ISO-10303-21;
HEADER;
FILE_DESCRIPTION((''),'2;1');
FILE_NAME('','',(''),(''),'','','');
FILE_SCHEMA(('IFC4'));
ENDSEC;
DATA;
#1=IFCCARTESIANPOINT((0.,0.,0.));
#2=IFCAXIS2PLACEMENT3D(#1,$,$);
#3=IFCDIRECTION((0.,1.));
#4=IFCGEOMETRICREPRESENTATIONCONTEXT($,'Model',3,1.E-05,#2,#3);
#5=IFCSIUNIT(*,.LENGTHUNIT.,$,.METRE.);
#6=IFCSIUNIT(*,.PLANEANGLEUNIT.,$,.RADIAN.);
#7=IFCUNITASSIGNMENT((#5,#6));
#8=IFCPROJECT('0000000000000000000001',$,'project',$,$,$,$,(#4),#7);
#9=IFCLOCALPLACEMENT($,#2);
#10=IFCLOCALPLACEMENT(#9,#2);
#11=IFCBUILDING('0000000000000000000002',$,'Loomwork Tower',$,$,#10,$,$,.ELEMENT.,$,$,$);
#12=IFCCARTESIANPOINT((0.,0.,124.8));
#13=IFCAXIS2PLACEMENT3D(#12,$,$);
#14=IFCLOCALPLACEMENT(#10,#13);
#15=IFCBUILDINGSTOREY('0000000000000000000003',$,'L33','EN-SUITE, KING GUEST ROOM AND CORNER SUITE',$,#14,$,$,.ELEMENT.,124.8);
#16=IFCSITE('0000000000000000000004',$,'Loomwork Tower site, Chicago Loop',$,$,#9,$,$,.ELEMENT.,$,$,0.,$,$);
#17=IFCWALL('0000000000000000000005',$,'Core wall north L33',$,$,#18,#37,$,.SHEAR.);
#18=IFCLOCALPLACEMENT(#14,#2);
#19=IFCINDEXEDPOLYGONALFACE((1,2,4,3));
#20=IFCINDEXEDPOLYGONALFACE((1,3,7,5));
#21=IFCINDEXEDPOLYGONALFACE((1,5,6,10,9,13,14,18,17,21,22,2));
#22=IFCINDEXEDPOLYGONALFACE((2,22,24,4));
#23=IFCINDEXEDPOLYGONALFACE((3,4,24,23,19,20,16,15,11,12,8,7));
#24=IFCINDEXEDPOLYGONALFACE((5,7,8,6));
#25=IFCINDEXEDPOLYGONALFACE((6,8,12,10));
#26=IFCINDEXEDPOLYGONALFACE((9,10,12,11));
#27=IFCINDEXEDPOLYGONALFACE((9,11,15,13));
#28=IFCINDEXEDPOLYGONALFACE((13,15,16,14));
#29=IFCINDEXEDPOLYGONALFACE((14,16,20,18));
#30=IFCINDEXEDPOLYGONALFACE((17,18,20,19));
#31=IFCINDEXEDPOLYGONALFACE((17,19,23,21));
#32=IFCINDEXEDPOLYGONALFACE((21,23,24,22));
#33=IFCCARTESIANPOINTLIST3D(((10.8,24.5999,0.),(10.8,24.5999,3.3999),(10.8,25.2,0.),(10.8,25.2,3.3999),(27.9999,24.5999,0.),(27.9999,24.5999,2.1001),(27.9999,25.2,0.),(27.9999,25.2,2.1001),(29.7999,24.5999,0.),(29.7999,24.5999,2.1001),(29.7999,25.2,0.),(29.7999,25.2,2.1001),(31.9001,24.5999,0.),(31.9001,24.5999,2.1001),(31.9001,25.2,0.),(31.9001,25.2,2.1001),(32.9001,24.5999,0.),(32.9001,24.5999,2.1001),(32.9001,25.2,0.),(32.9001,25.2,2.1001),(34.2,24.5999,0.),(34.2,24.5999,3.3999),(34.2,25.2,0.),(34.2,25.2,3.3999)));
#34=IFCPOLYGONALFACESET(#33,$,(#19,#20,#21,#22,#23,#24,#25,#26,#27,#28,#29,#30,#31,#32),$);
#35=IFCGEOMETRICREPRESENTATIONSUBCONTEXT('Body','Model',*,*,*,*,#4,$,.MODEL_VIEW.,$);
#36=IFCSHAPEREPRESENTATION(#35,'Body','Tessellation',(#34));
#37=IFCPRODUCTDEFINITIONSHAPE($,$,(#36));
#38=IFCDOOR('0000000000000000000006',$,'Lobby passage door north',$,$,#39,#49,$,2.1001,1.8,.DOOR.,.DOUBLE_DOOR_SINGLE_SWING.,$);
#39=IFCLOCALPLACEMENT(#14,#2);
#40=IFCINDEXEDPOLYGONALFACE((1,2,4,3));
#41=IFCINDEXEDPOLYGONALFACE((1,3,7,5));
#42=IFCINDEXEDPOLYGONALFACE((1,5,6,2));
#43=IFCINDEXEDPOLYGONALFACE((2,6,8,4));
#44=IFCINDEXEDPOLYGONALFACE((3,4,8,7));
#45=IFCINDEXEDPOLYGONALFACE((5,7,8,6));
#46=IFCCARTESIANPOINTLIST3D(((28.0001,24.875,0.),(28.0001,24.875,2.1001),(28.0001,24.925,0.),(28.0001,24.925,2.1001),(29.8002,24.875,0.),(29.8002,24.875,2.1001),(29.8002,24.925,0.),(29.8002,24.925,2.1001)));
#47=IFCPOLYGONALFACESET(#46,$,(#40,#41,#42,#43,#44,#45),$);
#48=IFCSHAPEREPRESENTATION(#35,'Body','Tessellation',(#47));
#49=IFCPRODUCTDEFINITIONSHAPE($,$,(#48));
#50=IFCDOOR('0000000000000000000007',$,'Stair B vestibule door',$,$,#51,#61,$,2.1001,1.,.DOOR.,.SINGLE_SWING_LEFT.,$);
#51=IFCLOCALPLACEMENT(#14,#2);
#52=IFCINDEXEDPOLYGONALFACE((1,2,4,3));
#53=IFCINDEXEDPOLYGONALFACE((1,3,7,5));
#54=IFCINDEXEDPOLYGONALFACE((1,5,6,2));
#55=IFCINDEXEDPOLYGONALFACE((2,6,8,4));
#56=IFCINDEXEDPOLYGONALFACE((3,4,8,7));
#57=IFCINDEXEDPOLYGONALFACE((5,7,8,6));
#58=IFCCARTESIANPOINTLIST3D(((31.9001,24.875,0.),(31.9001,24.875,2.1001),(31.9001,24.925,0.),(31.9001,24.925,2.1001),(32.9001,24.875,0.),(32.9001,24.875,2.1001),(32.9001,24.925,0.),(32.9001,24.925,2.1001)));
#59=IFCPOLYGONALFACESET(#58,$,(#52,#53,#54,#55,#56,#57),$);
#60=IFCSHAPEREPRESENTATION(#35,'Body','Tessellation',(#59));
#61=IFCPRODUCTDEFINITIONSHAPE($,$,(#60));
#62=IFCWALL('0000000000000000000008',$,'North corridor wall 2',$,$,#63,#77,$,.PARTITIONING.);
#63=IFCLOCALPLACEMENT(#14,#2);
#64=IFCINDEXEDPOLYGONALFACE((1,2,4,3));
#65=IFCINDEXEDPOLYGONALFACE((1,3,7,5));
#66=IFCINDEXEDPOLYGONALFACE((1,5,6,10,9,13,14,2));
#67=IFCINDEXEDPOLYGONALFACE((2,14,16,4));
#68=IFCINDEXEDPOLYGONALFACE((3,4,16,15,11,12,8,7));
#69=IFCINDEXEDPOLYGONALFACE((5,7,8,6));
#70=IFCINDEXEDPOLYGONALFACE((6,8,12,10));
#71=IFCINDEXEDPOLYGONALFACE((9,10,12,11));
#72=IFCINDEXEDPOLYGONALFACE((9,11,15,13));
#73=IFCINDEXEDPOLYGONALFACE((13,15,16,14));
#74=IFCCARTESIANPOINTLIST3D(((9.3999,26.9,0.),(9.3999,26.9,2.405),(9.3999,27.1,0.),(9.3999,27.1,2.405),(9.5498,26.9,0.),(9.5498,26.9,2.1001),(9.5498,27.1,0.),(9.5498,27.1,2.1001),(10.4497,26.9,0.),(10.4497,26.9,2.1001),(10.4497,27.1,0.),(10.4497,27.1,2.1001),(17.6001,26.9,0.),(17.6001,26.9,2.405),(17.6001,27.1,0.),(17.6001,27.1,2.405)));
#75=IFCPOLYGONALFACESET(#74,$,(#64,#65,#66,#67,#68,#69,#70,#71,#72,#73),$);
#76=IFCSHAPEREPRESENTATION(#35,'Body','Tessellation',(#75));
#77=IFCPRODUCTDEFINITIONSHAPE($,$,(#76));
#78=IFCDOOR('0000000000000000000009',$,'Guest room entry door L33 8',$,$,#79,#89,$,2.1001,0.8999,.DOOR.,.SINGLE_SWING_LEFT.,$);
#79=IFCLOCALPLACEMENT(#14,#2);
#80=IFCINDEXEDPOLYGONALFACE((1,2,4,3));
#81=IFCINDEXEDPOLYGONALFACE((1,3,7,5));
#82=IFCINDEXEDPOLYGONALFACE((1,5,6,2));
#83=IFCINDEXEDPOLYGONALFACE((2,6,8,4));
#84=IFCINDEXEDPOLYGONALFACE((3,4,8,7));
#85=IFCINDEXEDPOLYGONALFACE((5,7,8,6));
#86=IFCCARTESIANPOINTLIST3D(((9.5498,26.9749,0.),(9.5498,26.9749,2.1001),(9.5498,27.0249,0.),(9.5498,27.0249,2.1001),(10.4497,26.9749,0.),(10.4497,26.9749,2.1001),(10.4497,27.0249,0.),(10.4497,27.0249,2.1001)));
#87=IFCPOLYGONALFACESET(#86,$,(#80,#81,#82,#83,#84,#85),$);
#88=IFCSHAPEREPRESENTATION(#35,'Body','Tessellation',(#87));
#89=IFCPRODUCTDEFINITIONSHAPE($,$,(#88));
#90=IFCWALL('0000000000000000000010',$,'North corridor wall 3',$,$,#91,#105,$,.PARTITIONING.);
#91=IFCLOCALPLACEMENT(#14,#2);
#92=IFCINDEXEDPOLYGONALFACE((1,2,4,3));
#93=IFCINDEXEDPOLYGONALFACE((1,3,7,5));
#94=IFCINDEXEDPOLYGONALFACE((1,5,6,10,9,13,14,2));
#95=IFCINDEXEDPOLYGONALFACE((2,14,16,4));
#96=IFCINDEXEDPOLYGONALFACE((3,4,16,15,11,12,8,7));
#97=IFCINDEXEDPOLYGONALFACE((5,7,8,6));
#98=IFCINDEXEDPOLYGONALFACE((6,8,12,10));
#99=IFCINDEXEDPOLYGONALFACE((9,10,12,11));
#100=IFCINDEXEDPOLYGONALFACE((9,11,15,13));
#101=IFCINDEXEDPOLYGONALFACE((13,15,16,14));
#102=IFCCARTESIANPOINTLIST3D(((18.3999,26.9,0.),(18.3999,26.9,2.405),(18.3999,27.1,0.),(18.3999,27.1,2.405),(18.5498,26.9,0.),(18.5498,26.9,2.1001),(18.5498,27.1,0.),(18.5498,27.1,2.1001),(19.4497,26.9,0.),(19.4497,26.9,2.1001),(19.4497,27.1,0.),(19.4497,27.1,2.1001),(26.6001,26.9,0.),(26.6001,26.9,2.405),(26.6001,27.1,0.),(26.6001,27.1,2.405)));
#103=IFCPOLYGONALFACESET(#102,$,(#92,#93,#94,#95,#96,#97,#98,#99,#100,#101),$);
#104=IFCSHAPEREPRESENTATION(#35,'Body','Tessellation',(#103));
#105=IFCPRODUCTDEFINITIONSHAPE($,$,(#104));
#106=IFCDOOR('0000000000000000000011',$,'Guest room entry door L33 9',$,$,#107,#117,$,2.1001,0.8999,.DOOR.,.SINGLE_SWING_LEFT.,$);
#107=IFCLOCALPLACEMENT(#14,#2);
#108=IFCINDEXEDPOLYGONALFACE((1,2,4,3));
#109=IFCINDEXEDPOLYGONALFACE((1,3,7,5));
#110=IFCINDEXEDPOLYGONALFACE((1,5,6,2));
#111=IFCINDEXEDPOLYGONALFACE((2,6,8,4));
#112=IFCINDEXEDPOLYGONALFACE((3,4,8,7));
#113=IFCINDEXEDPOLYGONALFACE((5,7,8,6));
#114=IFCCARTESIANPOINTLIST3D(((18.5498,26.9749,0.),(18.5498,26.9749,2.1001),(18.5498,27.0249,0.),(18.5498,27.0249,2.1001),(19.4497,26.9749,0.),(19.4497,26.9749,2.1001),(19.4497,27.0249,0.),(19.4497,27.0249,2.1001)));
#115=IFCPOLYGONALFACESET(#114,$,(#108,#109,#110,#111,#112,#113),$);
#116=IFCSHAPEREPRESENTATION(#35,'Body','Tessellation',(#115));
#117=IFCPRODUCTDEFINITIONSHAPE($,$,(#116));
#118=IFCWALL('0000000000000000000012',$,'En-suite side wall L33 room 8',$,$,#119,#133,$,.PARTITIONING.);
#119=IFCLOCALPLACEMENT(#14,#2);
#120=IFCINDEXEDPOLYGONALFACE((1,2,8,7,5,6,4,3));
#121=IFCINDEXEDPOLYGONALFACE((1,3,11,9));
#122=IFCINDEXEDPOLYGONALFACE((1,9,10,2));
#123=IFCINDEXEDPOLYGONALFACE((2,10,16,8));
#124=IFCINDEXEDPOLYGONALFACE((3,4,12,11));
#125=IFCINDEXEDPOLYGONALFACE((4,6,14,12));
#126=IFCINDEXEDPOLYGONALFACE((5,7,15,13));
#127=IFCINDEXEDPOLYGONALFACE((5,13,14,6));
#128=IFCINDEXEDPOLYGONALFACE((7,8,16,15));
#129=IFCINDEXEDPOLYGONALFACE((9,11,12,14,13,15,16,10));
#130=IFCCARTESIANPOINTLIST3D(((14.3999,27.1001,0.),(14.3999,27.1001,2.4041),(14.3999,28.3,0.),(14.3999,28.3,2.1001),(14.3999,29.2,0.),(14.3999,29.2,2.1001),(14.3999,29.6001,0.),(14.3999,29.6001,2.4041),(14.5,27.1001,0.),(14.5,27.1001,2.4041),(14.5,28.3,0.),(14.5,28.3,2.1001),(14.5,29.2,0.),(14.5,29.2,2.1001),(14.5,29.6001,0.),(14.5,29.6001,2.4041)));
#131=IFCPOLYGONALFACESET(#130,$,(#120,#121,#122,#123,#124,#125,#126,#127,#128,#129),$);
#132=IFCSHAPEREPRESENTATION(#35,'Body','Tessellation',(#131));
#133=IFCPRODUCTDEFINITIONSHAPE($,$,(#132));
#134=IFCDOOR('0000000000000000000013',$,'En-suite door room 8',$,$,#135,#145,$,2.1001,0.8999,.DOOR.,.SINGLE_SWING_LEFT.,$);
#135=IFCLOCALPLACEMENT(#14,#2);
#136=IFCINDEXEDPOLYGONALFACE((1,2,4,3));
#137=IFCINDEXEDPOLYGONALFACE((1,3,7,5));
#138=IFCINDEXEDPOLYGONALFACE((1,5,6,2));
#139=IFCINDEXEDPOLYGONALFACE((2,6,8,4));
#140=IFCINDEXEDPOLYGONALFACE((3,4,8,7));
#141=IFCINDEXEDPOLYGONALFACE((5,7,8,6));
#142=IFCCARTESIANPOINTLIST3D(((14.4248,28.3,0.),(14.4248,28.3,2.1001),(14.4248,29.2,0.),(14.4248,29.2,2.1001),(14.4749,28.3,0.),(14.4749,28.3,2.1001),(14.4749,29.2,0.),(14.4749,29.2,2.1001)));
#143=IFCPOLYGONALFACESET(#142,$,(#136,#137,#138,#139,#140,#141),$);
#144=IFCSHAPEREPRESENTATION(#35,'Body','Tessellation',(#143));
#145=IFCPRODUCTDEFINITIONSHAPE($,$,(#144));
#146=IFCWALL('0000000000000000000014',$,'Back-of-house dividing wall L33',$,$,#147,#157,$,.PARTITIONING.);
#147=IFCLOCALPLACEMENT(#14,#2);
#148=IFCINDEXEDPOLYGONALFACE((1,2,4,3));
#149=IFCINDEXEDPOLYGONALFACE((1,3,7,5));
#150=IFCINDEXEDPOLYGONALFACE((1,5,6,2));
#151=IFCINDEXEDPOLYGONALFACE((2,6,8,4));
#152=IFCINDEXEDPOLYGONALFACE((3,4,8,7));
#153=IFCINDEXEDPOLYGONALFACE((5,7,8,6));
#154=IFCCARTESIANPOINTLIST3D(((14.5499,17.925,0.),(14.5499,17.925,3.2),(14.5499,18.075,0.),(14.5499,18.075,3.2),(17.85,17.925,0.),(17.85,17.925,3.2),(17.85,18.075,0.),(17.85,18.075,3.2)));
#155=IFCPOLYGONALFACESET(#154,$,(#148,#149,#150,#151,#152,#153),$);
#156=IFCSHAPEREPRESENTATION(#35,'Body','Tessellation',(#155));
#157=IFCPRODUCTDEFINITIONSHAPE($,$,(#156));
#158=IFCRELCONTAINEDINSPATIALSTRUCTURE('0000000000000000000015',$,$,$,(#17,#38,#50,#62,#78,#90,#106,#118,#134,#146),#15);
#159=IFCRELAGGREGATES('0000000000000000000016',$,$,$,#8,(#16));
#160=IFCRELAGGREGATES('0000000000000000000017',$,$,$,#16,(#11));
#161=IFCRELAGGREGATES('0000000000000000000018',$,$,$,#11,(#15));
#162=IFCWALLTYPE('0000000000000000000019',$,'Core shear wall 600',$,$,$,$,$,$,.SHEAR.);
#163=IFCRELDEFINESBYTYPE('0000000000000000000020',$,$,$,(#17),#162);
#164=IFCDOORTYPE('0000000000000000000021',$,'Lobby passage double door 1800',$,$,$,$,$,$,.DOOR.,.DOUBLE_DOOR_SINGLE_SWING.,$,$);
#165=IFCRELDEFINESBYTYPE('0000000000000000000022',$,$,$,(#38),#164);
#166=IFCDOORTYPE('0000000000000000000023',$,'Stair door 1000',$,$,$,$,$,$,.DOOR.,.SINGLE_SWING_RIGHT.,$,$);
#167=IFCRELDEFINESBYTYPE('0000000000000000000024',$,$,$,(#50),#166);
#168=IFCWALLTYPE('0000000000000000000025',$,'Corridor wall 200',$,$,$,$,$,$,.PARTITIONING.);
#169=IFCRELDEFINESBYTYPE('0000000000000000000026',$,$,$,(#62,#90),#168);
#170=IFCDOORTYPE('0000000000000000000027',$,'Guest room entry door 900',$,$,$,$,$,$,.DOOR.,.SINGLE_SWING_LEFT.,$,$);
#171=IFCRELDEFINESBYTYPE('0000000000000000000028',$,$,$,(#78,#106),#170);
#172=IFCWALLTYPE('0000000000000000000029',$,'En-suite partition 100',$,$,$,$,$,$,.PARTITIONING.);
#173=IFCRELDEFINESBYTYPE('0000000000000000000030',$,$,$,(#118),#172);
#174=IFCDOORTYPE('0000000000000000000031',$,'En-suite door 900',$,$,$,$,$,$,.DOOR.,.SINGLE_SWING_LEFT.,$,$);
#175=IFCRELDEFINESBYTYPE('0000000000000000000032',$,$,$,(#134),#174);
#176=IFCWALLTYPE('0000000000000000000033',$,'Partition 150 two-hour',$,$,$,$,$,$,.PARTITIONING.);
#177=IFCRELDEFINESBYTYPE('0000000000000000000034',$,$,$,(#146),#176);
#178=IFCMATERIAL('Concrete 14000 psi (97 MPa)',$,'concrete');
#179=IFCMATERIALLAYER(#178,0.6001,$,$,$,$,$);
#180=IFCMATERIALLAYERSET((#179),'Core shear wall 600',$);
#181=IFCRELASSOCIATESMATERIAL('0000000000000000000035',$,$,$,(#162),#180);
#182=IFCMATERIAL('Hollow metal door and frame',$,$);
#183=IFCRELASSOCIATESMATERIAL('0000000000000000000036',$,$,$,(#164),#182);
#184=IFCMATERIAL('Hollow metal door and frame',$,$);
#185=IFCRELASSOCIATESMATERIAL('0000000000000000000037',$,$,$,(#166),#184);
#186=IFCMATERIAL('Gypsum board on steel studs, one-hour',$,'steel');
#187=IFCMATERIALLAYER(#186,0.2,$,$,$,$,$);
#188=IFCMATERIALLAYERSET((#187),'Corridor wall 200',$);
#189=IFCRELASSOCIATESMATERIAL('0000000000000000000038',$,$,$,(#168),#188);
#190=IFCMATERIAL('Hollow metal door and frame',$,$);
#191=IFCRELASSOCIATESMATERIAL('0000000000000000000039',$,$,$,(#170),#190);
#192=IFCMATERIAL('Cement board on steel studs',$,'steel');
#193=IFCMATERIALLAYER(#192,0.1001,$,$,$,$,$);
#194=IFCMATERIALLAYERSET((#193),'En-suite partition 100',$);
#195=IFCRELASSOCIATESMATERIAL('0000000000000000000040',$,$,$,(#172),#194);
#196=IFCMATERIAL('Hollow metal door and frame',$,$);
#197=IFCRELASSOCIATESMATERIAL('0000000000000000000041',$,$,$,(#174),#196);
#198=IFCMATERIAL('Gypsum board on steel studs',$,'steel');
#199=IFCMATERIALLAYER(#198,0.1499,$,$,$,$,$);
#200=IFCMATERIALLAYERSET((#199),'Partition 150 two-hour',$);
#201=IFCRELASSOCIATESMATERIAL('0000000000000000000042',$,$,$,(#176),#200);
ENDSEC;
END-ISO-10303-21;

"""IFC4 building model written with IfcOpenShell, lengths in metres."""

from ifc_helpers import new_model, si_unit, direction, frame, frame_2d, origin, place, context, subcontext, project, spatial, rectangle, extrude, material, layer, layer_set, type_object, element, fill, save


model = new_model("IFC4")

# Units and contexts
model_context = context("Model", 3, precision=1e-05, world=origin(), true_north=direction((0.0, 1.0)))
body_context = subcontext(model_context, "Body", "Model", "MODEL_VIEW")
ifc_project = project(units=[si_unit("LENGTHUNIT", "METRE"), si_unit("PLANEANGLEUNIT", "RADIAN")], contexts=[model_context])

# Site, building, storey
site_placement = place(None, origin())
site = spatial("IfcSite", under=ifc_project, at=site_placement, Name="Loomwork Tower site, Chicago Loop", CompositionType="ELEMENT", RefElevation=0.0)
building_placement = place(site_placement, origin())
building = spatial("IfcBuilding", under=site, at=building_placement, Name="Loomwork Tower", CompositionType="ELEMENT")
storey_placement = place(building_placement, frame((0.0, 0.0, 124.8)))
storey = spatial("IfcBuildingStorey", under=building, at=storey_placement, Name="L33", Description="EN-SUITE, KING GUEST ROOM AND CORNER SUITE", CompositionType="ELEMENT", Elevation=124.8)

# Wall, openings, doors
ifc_material_1 = material(Name="Concrete 14000 psi (97 MPa)", Category="concrete")
ifc_layer_1 = layer(ifc_material_1, 0.6001)
ifc_layer_set_1 = layer_set([ifc_layer_1], Name="Core shear wall 600")
wall_type_1 = type_object("IfcWallType", Name="Core shear wall 600", PredefinedType="SHEAR", material=ifc_layer_set_1)
wall_1_placement = place(storey_placement, frame((10.8, 24.8999, 0.0), z_axis=(0.0, 0.0, 1.0), x_axis=(1.0, 0.0, 0.0)))
wall_1 = element("IfcWall", 1, at=wall_1_placement, inside=storey, type_object=wall_type_1, Name="Core wall north L33", PredefinedType="SHEAR", context=body_context, shape_type="SweptSolid", body=[
    extrude(rectangle(XDim=23.3999, YDim=0.6001, at=frame_2d((11.7, 0.0))), origin(), (0.0, 0.0, 1.0), 3.3999),
])
opening_1_placement = place(wall_1_placement, frame((17.2, 0.0, 0.0)))
opening_1 = element("IfcOpeningElement", 2, at=opening_1_placement, cuts=wall_1, PredefinedType="OPENING", context=body_context, shape_type="SweptSolid", body=[
    extrude(rectangle(XDim=1.8, YDim=2.1001, at=frame_2d((0.8999, 1.05))), frame((0.0, 0.3101, 0.0), z_axis=(0.0, -1.0, 0.0), x_axis=(1.0, 0.0, 0.0)), (0.0, 0.0, 1.0), 0.6201),
])
opening_2_placement = place(wall_1_placement, frame((21.1001, 0.0, 0.0)))
opening_2 = element("IfcOpeningElement", 3, at=opening_2_placement, cuts=wall_1, PredefinedType="OPENING", context=body_context, shape_type="SweptSolid", body=[
    extrude(rectangle(XDim=1.0, YDim=2.1001, at=frame_2d((0.5, 1.05))), frame((0.0, 0.3101, 0.0), z_axis=(0.0, -1.0, 0.0), x_axis=(1.0, 0.0, 0.0)), (0.0, 0.0, 1.0), 0.6201),
])
ifc_material_2 = material(Name="Hollow metal door and frame")
door_type_1 = type_object("IfcDoorType", Name="Lobby passage double door 1800", OperationType="DOUBLE_DOOR_SINGLE_SWING", PredefinedType="DOOR", material=ifc_material_2)
door_1_placement = place(opening_1_placement, frame((1.8, 0.0, 0.0), z_axis=(0.0, 0.0, 1.0), x_axis=(-1.0, 0.0, 0.0)))
door_1 = element("IfcDoor", 4, at=door_1_placement, inside=storey, type_object=door_type_1, Name="Lobby passage door north", OperationType="DOUBLE_DOOR_SINGLE_SWING", OverallHeight=2.1001, OverallWidth=1.8, PredefinedType="DOOR", context=body_context, shape_type="SweptSolid", body=[
    extrude(rectangle(XDim=1.8, YDim=2.1001, at=frame_2d((0.8999, 1.05))), frame((0.0, 0.0249, 0.0), z_axis=(0.0, -1.0, 0.0), x_axis=(1.0, 0.0, 0.0)), (0.0, 0.0, 1.0), 0.05),
])
fill(opening_1, door_1)
ifc_material_3 = material(Name="Hollow metal door and frame")
door_type_2 = type_object("IfcDoorType", Name="Stair door 1000", OperationType="SINGLE_SWING_RIGHT", PredefinedType="DOOR", material=ifc_material_3)
door_2_placement = place(opening_2_placement, frame((1.0, 0.0, 0.0), z_axis=(0.0, 0.0, 1.0), x_axis=(-1.0, 0.0, 0.0)))
door_2 = element("IfcDoor", 5, at=door_2_placement, inside=storey, type_object=door_type_2, Name="Stair B vestibule door", OperationType="SINGLE_SWING_LEFT", OverallHeight=2.1001, OverallWidth=1.0, PredefinedType="DOOR", context=body_context, shape_type="SweptSolid", body=[
    extrude(rectangle(XDim=1.0, YDim=2.1001, at=frame_2d((0.5, 1.05))), frame((0.0, 0.0249, 0.0), z_axis=(0.0, -1.0, 0.0), x_axis=(1.0, 0.0, 0.0)), (0.0, 0.0, 1.0), 0.05),
])
fill(opening_2, door_2)

# Walls, openings, doors
ifc_material_4 = material(Name="Gypsum board on steel studs, one-hour", Category="steel")
ifc_layer_2 = layer(ifc_material_4, 0.2)
ifc_layer_set_2 = layer_set([ifc_layer_2], Name="Corridor wall 200")
wall_type_2 = type_object("IfcWallType", Name="Corridor wall 200", PredefinedType="PARTITIONING", material=ifc_layer_set_2)
wall_2_placement = place(storey_placement, frame((9.3999, 27.0, 0.0), z_axis=(0.0, 0.0, 1.0), x_axis=(1.0, 0.0, 0.0)))
wall_2 = element("IfcWall", 6, at=wall_2_placement, inside=storey, type_object=wall_type_2, Name="North corridor wall 2", PredefinedType="PARTITIONING", context=body_context, shape_type="SweptSolid", body=[
    extrude(rectangle(XDim=8.2002, YDim=0.2, at=frame_2d((4.1001, 0.0))), origin(), (0.0, 0.0, 1.0), 2.405),
])
opening_3_placement = place(wall_2_placement, frame((0.1499, 0.0, 0.0)))
opening_3 = element("IfcOpeningElement", 7, at=opening_3_placement, cuts=wall_2, PredefinedType="OPENING", context=body_context, shape_type="SweptSolid", body=[
    extrude(rectangle(XDim=0.8999, YDim=2.1001, at=frame_2d((0.45, 1.05))), frame((0.0, 0.1099, 0.0), z_axis=(0.0, -1.0, 0.0), x_axis=(1.0, 0.0, 0.0)), (0.0, 0.0, 1.0), 0.22),
])
ifc_material_5 = material(Name="Hollow metal door and frame")
door_type_3 = type_object("IfcDoorType", Name="Guest room entry door 900", OperationType="SINGLE_SWING_LEFT", PredefinedType="DOOR", material=ifc_material_5)
door_3_placement = place(opening_3_placement, origin())
door_3 = element("IfcDoor", 8, at=door_3_placement, inside=storey, type_object=door_type_3, Name="Guest room entry door L33 8", OperationType="SINGLE_SWING_LEFT", OverallHeight=2.1001, OverallWidth=0.8999, PredefinedType="DOOR", context=body_context, shape_type="SweptSolid", body=[
    extrude(rectangle(XDim=0.8999, YDim=2.1001, at=frame_2d((0.45, 1.05))), frame((0.0, 0.0249, 0.0), z_axis=(0.0, -1.0, 0.0), x_axis=(1.0, 0.0, 0.0)), (0.0, 0.0, 1.0), 0.05),
])
fill(opening_3, door_3)
wall_3_placement = place(storey_placement, frame((18.3999, 27.0, 0.0), z_axis=(0.0, 0.0, 1.0), x_axis=(1.0, 0.0, 0.0)))
wall_3 = element("IfcWall", 9, at=wall_3_placement, inside=storey, type_object=wall_type_2, Name="North corridor wall 3", PredefinedType="PARTITIONING", context=body_context, shape_type="SweptSolid", body=[
    extrude(rectangle(XDim=8.2002, YDim=0.2, at=frame_2d((4.1001, 0.0))), origin(), (0.0, 0.0, 1.0), 2.405),
])
opening_4_placement = place(wall_3_placement, frame((0.1499, 0.0, 0.0)))
opening_4 = element("IfcOpeningElement", 10, at=opening_4_placement, cuts=wall_3, PredefinedType="OPENING", context=body_context, shape_type="SweptSolid", body=[
    extrude(rectangle(XDim=0.8999, YDim=2.1001, at=frame_2d((0.45, 1.05))), frame((0.0, 0.1099, 0.0), z_axis=(0.0, -1.0, 0.0), x_axis=(1.0, 0.0, 0.0)), (0.0, 0.0, 1.0), 0.22),
])
door_4_placement = place(opening_4_placement, origin())
door_4 = element("IfcDoor", 11, at=door_4_placement, inside=storey, type_object=door_type_3, Name="Guest room entry door L33 9", OperationType="SINGLE_SWING_LEFT", OverallHeight=2.1001, OverallWidth=0.8999, PredefinedType="DOOR", context=body_context, shape_type="SweptSolid", body=[
    extrude(rectangle(XDim=0.8999, YDim=2.1001, at=frame_2d((0.45, 1.05))), frame((0.0, 0.0249, 0.0), z_axis=(0.0, -1.0, 0.0), x_axis=(1.0, 0.0, 0.0)), (0.0, 0.0, 1.0), 0.05),
])
fill(opening_4, door_4)
ifc_material_6 = material(Name="Cement board on steel studs", Category="steel")
ifc_layer_3 = layer(ifc_material_6, 0.1001)
ifc_layer_set_3 = layer_set([ifc_layer_3], Name="En-suite partition 100")
wall_type_3 = type_object("IfcWallType", Name="En-suite partition 100", PredefinedType="PARTITIONING", material=ifc_layer_set_3)
wall_4_placement = place(storey_placement, frame((14.45, 27.1001, 0.0), z_axis=(0.0, 0.0, 1.0), x_axis=(0.0, 1.0, 0.0)))
wall_4 = element("IfcWall", 12, at=wall_4_placement, inside=storey, type_object=wall_type_3, Name="En-suite side wall L33 room 8", PredefinedType="PARTITIONING", context=body_context, shape_type="SweptSolid", body=[
    extrude(rectangle(XDim=2.5, YDim=0.1001, at=frame_2d((1.25, 0.0))), origin(), (0.0, 0.0, 1.0), 2.4041),
])
opening_5_placement = place(wall_4_placement, frame((1.2, 0.0, 0.0)))
opening_5 = element("IfcOpeningElement", 13, at=opening_5_placement, cuts=wall_4, PredefinedType="OPENING", context=body_context, shape_type="SweptSolid", body=[
    extrude(rectangle(XDim=0.8999, YDim=2.1001, at=frame_2d((0.45, 1.05))), frame((0.0, 0.0601, 0.0), z_axis=(0.0, -1.0, 0.0), x_axis=(1.0, 0.0, 0.0)), (0.0, 0.0, 1.0), 0.1201),
])
ifc_material_7 = material(Name="Hollow metal door and frame")
door_type_4 = type_object("IfcDoorType", Name="En-suite door 900", OperationType="SINGLE_SWING_LEFT", PredefinedType="DOOR", material=ifc_material_7)
door_5_placement = place(opening_5_placement, frame((0.8999, 0.0, 0.0), z_axis=(0.0, 0.0, 1.0), x_axis=(-1.0, 0.0, 0.0)))
door_5 = element("IfcDoor", 14, at=door_5_placement, inside=storey, type_object=door_type_4, Name="En-suite door room 8", OperationType="SINGLE_SWING_LEFT", OverallHeight=2.1001, OverallWidth=0.8999, PredefinedType="DOOR", context=body_context, shape_type="SweptSolid", body=[
    extrude(rectangle(XDim=0.8999, YDim=2.1001, at=frame_2d((0.45, 1.05))), frame((0.0, 0.0249, 0.0), z_axis=(0.0, -1.0, 0.0), x_axis=(1.0, 0.0, 0.0)), (0.0, 0.0, 1.0), 0.05),
])
fill(opening_5, door_5)

# Wall
ifc_material_8 = material(Name="Gypsum board on steel studs", Category="steel")
ifc_layer_4 = layer(ifc_material_8, 0.1499)
ifc_layer_set_4 = layer_set([ifc_layer_4], Name="Partition 150 two-hour")
wall_type_4 = type_object("IfcWallType", Name="Partition 150 two-hour", PredefinedType="PARTITIONING", material=ifc_layer_set_4)
wall_5_placement = place(storey_placement, frame((14.55, 18.0, 0.0), z_axis=(0.0, 0.0, 1.0), x_axis=(1.0, 0.0, 0.0)))
element("IfcWall", 15, at=wall_5_placement, inside=storey, type_object=wall_type_4, Name="Back-of-house dividing wall L33", PredefinedType="PARTITIONING", context=body_context, shape_type="SweptSolid", body=[
    extrude(rectangle(XDim=3.3, YDim=0.1499, at=frame_2d((1.6499, 0.0))), origin(), (0.0, 0.0, 1.0), 3.2),
])

save(model, "model.ifc")
